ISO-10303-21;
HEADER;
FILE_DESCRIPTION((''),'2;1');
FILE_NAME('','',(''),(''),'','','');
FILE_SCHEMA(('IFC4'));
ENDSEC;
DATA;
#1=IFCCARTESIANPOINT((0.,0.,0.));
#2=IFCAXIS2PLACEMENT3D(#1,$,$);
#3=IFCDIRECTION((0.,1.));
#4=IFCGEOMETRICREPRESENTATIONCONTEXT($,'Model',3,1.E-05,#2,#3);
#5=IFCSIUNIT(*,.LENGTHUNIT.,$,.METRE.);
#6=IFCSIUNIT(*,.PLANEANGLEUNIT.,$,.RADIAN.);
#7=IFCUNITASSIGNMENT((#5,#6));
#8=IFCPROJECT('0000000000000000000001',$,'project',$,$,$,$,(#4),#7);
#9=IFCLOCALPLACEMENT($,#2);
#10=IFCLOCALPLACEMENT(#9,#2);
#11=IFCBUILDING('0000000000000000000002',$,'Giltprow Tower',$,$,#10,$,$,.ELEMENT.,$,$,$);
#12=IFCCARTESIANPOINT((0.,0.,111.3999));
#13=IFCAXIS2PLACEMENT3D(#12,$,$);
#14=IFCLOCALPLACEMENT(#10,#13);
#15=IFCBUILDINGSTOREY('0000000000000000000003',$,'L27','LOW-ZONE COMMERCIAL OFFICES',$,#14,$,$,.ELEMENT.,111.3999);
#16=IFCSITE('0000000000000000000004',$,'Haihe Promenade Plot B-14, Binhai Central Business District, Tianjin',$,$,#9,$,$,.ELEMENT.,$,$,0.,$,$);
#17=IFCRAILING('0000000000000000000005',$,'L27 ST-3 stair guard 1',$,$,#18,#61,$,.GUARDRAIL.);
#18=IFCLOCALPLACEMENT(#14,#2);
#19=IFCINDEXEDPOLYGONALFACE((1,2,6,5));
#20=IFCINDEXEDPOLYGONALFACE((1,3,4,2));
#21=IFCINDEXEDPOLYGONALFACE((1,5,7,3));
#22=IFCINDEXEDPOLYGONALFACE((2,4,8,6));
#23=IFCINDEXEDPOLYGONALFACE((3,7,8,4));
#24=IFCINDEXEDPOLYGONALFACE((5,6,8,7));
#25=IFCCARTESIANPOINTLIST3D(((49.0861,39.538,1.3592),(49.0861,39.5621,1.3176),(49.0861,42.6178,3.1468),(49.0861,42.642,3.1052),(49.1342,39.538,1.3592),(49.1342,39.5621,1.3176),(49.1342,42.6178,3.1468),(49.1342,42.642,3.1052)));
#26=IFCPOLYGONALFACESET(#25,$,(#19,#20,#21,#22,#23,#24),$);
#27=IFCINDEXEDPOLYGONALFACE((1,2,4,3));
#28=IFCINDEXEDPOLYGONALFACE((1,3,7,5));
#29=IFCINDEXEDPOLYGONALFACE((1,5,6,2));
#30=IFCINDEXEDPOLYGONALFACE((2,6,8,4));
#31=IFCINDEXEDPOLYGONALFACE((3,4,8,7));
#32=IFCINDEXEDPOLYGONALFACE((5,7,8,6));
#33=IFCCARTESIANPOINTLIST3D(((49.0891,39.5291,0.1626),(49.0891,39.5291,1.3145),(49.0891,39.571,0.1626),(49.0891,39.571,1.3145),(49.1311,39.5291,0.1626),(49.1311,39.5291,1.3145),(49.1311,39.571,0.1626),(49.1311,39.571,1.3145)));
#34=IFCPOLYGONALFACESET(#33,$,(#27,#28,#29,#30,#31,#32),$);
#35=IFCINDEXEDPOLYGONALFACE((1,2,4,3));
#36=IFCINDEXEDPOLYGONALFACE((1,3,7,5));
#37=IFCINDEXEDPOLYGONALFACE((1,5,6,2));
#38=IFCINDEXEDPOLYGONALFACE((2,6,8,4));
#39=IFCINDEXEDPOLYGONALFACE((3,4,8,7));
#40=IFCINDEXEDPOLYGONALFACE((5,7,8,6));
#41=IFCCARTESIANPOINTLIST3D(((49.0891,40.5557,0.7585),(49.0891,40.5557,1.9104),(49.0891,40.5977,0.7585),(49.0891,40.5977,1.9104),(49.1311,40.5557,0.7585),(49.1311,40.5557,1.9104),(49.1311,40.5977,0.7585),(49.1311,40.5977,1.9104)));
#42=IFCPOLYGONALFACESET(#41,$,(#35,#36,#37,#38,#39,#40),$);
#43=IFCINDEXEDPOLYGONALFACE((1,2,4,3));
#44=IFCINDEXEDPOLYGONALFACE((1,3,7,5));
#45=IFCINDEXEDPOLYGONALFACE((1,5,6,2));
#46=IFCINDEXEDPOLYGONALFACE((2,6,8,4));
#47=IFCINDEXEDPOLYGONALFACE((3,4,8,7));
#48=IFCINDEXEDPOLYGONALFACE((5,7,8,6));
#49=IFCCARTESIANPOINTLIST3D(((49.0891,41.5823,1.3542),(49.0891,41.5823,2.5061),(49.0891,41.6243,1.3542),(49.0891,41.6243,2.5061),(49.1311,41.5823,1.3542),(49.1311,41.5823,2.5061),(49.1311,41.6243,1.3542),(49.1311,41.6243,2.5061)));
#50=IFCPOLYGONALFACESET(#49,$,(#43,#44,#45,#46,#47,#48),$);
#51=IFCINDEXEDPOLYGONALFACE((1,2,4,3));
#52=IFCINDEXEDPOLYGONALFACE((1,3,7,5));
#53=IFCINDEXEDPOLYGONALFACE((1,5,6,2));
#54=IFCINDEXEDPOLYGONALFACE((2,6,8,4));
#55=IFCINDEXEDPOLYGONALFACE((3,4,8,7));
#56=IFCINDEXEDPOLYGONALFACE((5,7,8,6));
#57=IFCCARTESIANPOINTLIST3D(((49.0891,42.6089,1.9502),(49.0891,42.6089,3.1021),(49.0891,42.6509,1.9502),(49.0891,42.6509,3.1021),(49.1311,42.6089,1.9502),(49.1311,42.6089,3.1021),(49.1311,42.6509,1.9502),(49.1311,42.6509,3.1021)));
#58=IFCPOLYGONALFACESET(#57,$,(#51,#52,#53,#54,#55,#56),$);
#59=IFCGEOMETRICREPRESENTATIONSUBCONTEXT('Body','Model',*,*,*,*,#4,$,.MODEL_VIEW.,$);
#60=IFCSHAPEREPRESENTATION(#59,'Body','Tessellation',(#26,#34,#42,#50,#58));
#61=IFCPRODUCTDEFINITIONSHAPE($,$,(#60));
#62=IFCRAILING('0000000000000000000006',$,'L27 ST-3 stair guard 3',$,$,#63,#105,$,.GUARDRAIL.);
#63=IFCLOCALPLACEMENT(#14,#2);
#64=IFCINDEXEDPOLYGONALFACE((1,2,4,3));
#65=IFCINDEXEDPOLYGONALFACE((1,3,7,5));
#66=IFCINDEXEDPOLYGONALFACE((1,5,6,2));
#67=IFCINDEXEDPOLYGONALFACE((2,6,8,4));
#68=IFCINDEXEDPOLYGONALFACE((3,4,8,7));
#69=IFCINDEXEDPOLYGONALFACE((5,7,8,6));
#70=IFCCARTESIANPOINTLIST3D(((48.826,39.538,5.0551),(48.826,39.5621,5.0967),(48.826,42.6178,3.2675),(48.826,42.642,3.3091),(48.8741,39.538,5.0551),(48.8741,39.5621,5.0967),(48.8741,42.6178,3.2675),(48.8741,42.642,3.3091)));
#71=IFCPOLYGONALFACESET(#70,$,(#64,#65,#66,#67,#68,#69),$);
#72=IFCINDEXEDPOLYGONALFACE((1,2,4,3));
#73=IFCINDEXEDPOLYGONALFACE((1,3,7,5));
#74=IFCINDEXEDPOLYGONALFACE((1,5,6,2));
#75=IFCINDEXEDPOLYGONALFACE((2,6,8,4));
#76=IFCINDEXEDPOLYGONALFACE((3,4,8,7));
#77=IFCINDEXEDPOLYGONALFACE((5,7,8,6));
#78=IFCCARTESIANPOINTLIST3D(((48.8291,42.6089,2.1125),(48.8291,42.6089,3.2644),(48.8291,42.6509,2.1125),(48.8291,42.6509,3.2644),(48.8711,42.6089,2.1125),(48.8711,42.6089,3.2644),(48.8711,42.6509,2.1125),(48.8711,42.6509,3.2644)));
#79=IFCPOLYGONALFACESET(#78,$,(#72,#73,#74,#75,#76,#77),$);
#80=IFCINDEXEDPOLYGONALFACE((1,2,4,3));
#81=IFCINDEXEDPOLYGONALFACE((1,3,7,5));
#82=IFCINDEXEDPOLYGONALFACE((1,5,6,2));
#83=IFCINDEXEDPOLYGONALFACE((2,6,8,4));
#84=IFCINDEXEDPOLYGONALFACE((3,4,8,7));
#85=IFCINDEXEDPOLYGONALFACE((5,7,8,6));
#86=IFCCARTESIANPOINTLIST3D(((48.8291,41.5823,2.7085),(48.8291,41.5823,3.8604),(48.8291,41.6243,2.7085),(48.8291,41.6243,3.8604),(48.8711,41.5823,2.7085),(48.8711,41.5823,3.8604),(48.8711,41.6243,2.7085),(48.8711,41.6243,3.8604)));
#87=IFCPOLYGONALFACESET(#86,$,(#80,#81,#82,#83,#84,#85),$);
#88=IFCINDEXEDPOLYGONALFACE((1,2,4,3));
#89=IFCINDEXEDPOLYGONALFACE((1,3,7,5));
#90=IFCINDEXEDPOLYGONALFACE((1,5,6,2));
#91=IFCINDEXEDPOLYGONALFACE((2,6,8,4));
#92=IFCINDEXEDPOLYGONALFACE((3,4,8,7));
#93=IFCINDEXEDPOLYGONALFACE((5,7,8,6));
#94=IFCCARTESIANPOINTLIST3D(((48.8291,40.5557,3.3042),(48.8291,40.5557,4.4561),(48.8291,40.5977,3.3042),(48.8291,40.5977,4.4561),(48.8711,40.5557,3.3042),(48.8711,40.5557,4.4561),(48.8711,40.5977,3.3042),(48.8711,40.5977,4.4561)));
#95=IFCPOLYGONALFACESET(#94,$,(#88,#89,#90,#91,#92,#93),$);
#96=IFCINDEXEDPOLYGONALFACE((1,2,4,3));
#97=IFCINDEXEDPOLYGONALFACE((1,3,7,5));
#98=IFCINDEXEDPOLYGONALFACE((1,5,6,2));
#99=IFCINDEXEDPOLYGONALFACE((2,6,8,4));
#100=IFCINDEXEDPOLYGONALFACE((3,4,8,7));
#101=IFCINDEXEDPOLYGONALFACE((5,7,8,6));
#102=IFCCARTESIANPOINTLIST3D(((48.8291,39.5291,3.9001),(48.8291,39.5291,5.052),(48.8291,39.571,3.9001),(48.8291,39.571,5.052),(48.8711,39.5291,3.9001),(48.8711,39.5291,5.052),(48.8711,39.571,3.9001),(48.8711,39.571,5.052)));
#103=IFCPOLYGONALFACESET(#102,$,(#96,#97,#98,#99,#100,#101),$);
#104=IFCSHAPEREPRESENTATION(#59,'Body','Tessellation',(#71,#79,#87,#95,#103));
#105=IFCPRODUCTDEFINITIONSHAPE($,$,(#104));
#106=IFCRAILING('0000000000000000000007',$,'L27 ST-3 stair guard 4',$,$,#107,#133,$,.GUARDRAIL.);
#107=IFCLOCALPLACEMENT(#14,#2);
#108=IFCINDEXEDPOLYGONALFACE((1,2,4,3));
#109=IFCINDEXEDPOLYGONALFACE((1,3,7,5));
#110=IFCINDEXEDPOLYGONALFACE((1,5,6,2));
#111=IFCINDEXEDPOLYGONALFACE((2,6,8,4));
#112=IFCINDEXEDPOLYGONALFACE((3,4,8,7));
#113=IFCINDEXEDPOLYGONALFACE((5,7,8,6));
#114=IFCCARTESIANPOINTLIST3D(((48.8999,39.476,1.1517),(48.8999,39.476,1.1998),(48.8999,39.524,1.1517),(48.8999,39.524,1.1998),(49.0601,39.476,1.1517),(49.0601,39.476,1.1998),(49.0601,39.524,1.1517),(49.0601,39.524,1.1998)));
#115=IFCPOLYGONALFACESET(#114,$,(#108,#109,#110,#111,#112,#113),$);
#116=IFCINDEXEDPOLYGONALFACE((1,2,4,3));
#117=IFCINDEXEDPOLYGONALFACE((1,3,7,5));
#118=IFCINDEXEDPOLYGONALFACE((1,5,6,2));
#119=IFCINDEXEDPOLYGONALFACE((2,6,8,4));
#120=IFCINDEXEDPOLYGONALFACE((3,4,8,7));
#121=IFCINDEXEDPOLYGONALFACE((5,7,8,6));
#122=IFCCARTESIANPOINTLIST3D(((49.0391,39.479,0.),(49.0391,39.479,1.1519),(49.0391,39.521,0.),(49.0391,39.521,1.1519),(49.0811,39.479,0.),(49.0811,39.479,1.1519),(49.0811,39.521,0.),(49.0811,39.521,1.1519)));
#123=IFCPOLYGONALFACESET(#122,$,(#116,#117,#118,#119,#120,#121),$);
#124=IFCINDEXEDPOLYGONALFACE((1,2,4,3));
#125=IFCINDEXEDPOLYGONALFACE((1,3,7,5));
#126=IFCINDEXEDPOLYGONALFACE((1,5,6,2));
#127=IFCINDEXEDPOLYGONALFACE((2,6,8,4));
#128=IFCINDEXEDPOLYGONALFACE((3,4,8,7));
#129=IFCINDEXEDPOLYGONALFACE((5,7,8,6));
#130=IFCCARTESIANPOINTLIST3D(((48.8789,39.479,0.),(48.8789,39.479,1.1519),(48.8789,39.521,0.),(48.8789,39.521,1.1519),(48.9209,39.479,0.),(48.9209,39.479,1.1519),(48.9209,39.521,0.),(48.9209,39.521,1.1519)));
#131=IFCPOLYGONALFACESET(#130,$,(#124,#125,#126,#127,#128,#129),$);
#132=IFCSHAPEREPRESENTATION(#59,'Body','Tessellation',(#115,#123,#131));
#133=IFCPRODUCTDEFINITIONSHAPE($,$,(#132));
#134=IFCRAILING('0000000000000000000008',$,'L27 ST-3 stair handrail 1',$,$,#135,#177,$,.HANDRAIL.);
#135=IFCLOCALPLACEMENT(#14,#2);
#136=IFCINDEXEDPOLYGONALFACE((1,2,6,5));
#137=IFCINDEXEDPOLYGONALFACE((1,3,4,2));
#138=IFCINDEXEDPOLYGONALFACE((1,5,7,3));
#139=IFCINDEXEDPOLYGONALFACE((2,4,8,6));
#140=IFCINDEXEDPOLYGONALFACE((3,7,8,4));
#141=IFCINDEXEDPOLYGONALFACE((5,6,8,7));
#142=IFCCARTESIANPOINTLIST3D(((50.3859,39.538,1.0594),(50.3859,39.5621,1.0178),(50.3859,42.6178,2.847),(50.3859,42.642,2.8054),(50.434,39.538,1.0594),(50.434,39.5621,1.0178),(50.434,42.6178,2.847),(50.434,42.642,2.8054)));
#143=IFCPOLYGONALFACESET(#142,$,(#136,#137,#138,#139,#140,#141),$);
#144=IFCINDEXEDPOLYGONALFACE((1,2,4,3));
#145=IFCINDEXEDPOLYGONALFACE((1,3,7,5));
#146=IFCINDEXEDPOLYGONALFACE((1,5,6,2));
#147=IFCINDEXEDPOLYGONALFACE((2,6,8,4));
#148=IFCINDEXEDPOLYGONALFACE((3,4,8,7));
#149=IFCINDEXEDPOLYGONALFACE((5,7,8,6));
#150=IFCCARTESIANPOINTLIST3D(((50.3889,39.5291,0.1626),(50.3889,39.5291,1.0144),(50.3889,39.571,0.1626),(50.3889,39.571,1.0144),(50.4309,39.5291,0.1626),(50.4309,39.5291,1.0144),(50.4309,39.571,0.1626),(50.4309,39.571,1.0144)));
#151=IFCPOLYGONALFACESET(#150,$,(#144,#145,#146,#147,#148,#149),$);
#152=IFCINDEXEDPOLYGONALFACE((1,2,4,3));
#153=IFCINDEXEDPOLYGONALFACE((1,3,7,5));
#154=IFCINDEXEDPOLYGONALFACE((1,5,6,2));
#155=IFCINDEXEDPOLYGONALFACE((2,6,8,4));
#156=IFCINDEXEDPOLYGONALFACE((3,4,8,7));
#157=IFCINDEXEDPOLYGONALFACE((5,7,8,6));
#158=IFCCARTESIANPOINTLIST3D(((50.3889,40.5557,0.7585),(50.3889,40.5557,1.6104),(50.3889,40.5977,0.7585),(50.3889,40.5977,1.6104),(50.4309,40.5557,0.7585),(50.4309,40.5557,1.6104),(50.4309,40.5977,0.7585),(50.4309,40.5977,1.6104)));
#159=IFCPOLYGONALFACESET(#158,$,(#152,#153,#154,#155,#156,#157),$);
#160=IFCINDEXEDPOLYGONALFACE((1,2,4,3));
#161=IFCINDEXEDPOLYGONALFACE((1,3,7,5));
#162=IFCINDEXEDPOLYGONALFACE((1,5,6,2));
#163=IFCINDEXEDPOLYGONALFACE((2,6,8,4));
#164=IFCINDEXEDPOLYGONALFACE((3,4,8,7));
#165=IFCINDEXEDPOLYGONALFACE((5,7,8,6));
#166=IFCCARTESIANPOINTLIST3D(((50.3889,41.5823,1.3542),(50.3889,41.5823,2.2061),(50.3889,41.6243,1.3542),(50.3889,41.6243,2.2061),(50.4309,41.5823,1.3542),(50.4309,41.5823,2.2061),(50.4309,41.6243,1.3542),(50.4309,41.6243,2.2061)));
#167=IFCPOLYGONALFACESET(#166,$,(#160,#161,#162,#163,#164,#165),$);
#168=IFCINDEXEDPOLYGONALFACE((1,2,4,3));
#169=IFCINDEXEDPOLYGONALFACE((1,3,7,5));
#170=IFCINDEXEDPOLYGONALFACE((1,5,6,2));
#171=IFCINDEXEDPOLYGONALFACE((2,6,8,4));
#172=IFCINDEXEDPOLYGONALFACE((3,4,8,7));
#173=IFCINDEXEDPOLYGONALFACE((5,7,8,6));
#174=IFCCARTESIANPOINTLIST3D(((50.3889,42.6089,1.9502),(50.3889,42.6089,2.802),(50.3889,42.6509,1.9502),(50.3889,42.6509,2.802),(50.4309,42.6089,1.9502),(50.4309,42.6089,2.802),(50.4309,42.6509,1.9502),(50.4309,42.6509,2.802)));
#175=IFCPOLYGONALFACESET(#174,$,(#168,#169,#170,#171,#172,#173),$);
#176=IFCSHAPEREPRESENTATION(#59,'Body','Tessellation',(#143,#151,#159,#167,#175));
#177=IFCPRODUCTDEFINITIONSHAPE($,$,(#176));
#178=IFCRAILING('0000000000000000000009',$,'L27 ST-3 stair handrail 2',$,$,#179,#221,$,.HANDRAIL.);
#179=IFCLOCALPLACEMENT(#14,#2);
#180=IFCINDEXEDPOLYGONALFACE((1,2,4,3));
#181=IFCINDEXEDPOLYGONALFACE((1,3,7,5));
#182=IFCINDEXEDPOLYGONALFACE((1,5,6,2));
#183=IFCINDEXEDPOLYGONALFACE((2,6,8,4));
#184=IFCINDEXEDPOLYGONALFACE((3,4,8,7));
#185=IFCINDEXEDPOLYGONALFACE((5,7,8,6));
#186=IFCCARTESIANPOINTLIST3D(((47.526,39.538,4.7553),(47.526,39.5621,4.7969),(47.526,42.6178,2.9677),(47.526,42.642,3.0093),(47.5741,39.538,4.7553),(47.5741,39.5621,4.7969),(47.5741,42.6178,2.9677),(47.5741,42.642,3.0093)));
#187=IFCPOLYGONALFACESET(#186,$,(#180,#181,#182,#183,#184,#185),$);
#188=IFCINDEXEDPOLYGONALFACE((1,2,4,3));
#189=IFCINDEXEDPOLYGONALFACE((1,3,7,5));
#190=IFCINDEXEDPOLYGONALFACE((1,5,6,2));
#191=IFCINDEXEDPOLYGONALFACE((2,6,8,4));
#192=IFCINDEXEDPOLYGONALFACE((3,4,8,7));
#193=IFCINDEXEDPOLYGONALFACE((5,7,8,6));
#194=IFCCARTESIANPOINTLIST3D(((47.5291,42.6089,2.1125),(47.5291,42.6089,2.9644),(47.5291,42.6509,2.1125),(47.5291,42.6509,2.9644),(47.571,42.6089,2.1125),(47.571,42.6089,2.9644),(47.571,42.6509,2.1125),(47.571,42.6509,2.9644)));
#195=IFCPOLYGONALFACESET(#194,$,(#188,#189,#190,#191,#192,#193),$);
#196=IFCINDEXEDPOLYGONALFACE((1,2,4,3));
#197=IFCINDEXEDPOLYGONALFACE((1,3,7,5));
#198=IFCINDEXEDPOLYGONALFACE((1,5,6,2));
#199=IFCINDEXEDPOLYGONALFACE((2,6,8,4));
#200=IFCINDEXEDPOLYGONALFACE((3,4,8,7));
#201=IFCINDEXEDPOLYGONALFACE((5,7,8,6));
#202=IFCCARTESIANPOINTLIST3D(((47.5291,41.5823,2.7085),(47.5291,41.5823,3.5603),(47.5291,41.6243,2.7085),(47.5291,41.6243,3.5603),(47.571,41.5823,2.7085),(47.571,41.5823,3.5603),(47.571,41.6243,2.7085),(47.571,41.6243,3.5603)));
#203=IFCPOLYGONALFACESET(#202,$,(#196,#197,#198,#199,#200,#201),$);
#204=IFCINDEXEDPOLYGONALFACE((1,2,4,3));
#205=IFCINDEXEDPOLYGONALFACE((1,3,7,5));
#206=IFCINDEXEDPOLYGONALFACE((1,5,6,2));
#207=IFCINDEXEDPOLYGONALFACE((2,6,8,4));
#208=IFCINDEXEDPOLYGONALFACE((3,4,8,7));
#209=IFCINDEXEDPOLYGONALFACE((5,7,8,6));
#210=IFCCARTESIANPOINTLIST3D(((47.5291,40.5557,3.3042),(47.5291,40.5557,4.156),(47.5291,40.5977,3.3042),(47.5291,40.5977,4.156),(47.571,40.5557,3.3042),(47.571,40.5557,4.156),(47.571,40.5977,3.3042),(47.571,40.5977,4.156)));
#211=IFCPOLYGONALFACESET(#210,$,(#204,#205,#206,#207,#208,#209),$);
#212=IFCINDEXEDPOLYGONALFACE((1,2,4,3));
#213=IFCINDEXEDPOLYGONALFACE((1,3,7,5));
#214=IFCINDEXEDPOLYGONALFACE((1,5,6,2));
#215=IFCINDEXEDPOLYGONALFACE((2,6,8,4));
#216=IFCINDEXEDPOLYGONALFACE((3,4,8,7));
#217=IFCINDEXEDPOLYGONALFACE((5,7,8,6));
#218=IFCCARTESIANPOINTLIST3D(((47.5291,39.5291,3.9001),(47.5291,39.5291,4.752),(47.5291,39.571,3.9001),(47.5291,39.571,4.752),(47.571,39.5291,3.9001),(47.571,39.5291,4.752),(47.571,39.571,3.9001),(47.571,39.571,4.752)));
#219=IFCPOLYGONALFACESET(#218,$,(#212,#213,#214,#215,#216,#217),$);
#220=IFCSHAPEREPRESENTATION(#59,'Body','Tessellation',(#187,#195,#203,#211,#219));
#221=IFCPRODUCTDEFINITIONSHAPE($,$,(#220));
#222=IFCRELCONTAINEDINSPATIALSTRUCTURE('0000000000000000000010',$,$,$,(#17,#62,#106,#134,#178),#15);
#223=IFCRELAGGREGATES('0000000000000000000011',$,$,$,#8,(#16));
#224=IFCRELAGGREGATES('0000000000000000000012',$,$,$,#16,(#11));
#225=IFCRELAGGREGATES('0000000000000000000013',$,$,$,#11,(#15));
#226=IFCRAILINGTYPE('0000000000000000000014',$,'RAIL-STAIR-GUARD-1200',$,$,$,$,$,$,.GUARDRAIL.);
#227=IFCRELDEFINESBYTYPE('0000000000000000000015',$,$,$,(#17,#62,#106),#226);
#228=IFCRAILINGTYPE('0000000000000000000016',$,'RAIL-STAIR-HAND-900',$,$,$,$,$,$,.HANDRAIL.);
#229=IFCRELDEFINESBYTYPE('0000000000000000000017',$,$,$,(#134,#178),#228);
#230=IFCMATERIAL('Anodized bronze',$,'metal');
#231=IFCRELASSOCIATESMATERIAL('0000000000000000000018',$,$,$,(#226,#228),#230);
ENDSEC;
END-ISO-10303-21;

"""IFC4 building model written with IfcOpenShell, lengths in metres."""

from ifc_helpers import new_model, si_unit, direction, frame, origin, origin_2d, place, context, subcontext, project, spatial, rectangle, extrude, material, type_object, element, save


model = new_model("IFC4")

# Units and contexts
model_context = context("Model", 3, precision=1e-05, world=origin(), true_north=direction((0.0, 1.0)))
body_context = subcontext(model_context, "Body", "Model", "MODEL_VIEW")
ifc_project = project(units=[si_unit("LENGTHUNIT", "METRE"), si_unit("PLANEANGLEUNIT", "RADIAN")], contexts=[model_context])

# Site, building, storey
site_placement = place(None, origin())
site = spatial("IfcSite", under=ifc_project, at=site_placement, Name="Haihe Promenade Plot B-14, Binhai Central Business District, Tianjin", CompositionType="ELEMENT", RefElevation=0.0)
building_placement = place(site_placement, origin())
building = spatial("IfcBuilding", under=site, at=building_placement, Name="Giltprow Tower", CompositionType="ELEMENT")
storey_placement = place(building_placement, frame((0.0, 0.0, 111.3999)))
storey = spatial("IfcBuildingStorey", under=building, at=storey_placement, Name="L27", Description="LOW-ZONE COMMERCIAL OFFICES", CompositionType="ELEMENT", Elevation=111.3999)

# Railings
ifc_material_1 = material(Name="Anodized bronze", Category="metal")
railing_type_1 = type_object("IfcRailingType", Name="RAIL-STAIR-GUARD-1200", PredefinedType="GUARDRAIL", material=ifc_material_1)
railing_1_placement = place(storey_placement, frame((49.1101, 39.55, 0.1626)))
element("IfcRailing", 1, at=railing_1_placement, inside=storey, type_object=railing_type_1, Name="L27 ST-3 stair guard 1", PredefinedType="GUARDRAIL", context=body_context, shape_type="SweptSolid", body=[
    extrude(rectangle(XDim=0.0481, YDim=0.0481, at=origin_2d()), frame((0.0, 0.0, 1.1758), z_axis=(0.0, 0.864873, 0.50199), x_axis=(-1.0, 0.0, 0.0)), (0.0, 0.0, 1.0), 3.561),
    extrude(rectangle(XDim=0.042, YDim=0.042, at=origin_2d()), origin(), (0.0, 0.0, 1.0), 1.1519),
    extrude(rectangle(XDim=0.042, YDim=0.042, at=origin_2d()), frame((0.0, 1.0266, 0.5959)), (0.0, 0.0, 1.0), 1.1519),
    extrude(rectangle(XDim=0.042, YDim=0.042, at=origin_2d()), frame((0.0, 2.0532, 1.1917)), (0.0, 0.0, 1.0), 1.1519),
    extrude(rectangle(XDim=0.042, YDim=0.042, at=origin_2d()), frame((0.0, 3.0798, 1.7876)), (0.0, 0.0, 1.0), 1.1519),
])
railing_2_placement = place(storey_placement, frame((48.8501, 42.6299, 2.1125)))
element("IfcRailing", 2, at=railing_2_placement, inside=storey, type_object=railing_type_1, Name="L27 ST-3 stair guard 3", PredefinedType="GUARDRAIL", context=body_context, shape_type="SweptSolid", body=[
    extrude(rectangle(XDim=0.0481, YDim=0.0481, at=origin_2d()), frame((0.0, 0.0, 1.1758), z_axis=(0.0, -0.864873, 0.50199), x_axis=(1.0, 0.0, 0.0)), (0.0, 0.0, 1.0), 3.561),
    extrude(rectangle(XDim=0.042, YDim=0.042, at=origin_2d()), origin(), (0.0, 0.0, 1.0), 1.1519),
    extrude(rectangle(XDim=0.042, YDim=0.042, at=origin_2d()), frame((0.0, -1.0266, 0.5959)), (0.0, 0.0, 1.0), 1.1519),
    extrude(rectangle(XDim=0.042, YDim=0.042, at=origin_2d()), frame((0.0, -2.0532, 1.1917)), (0.0, 0.0, 1.0), 1.1519),
    extrude(rectangle(XDim=0.042, YDim=0.042, at=origin_2d()), frame((0.0, -3.0798, 1.7876)), (0.0, 0.0, 1.0), 1.1519),
])
railing_3_placement = place(storey_placement, frame((49.0601, 39.5, 0.0)))
element("IfcRailing", 3, at=railing_3_placement, inside=storey, type_object=railing_type_1, Name="L27 ST-3 stair guard 4", PredefinedType="GUARDRAIL", context=body_context, shape_type="SweptSolid", body=[
    extrude(rectangle(XDim=0.0481, YDim=0.0481, at=origin_2d()), frame((0.0, 0.0, 1.1758), z_axis=(-1.0, 0.0, 0.0), x_axis=(0.0, -1.0, 0.0)), (0.0, 0.0, 1.0), 0.1602),
    extrude(rectangle(XDim=0.042, YDim=0.042, at=origin_2d()), origin(), (0.0, 0.0, 1.0), 1.1519),
    extrude(rectangle(XDim=0.042, YDim=0.042, at=origin_2d()), frame((-0.1602, 0.0, 0.0)), (0.0, 0.0, 1.0), 1.1519),
])
railing_type_2 = type_object("IfcRailingType", Name="RAIL-STAIR-HAND-900", PredefinedType="HANDRAIL", material=ifc_material_1)
railing_4_placement = place(storey_placement, frame((50.4099, 39.55, 0.1626)))
element("IfcRailing", 4, at=railing_4_placement, inside=storey, type_object=railing_type_2, Name="L27 ST-3 stair handrail 1", PredefinedType="HANDRAIL", context=body_context, shape_type="SweptSolid", body=[
    extrude(rectangle(XDim=0.0481, YDim=0.0481, at=origin_2d()), frame((0.0, 0.0, 0.876), z_axis=(0.0, 0.864873, 0.50199), x_axis=(-1.0, 0.0, 0.0)), (0.0, 0.0, 1.0), 3.561),
    extrude(rectangle(XDim=0.042, YDim=0.042, at=origin_2d()), origin(), (0.0, 0.0, 1.0), 0.8518),
    extrude(rectangle(XDim=0.042, YDim=0.042, at=origin_2d()), frame((0.0, 1.0266, 0.5959)), (0.0, 0.0, 1.0), 0.8518),
    extrude(rectangle(XDim=0.042, YDim=0.042, at=origin_2d()), frame((0.0, 2.0532, 1.1917)), (0.0, 0.0, 1.0), 0.8518),
    extrude(rectangle(XDim=0.042, YDim=0.042, at=origin_2d()), frame((0.0, 3.0798, 1.7876)), (0.0, 0.0, 1.0), 0.8518),
])
railing_5_placement = place(storey_placement, frame((47.55, 42.6299, 2.1125)))
element("IfcRailing", 5, at=railing_5_placement, inside=storey, type_object=railing_type_2, Name="L27 ST-3 stair handrail 2", PredefinedType="HANDRAIL", context=body_context, shape_type="SweptSolid", body=[
    extrude(rectangle(XDim=0.0481, YDim=0.0481, at=origin_2d()), frame((0.0, 0.0, 0.876), z_axis=(0.0, -0.864873, 0.50199), x_axis=(1.0, 0.0, 0.0)), (0.0, 0.0, 1.0), 3.561),
    extrude(rectangle(XDim=0.042, YDim=0.042, at=origin_2d()), origin(), (0.0, 0.0, 1.0), 0.8518),
    extrude(rectangle(XDim=0.042, YDim=0.042, at=origin_2d()), frame((0.0, -1.0266, 0.5959)), (0.0, 0.0, 1.0), 0.8518),
    extrude(rectangle(XDim=0.042, YDim=0.042, at=origin_2d()), frame((0.0, -2.0532, 1.1917)), (0.0, 0.0, 1.0), 0.8518),
    extrude(rectangle(XDim=0.042, YDim=0.042, at=origin_2d()), frame((0.0, -3.0798, 1.7876)), (0.0, 0.0, 1.0), 0.8518),
])

save(model, "model.ifc")
